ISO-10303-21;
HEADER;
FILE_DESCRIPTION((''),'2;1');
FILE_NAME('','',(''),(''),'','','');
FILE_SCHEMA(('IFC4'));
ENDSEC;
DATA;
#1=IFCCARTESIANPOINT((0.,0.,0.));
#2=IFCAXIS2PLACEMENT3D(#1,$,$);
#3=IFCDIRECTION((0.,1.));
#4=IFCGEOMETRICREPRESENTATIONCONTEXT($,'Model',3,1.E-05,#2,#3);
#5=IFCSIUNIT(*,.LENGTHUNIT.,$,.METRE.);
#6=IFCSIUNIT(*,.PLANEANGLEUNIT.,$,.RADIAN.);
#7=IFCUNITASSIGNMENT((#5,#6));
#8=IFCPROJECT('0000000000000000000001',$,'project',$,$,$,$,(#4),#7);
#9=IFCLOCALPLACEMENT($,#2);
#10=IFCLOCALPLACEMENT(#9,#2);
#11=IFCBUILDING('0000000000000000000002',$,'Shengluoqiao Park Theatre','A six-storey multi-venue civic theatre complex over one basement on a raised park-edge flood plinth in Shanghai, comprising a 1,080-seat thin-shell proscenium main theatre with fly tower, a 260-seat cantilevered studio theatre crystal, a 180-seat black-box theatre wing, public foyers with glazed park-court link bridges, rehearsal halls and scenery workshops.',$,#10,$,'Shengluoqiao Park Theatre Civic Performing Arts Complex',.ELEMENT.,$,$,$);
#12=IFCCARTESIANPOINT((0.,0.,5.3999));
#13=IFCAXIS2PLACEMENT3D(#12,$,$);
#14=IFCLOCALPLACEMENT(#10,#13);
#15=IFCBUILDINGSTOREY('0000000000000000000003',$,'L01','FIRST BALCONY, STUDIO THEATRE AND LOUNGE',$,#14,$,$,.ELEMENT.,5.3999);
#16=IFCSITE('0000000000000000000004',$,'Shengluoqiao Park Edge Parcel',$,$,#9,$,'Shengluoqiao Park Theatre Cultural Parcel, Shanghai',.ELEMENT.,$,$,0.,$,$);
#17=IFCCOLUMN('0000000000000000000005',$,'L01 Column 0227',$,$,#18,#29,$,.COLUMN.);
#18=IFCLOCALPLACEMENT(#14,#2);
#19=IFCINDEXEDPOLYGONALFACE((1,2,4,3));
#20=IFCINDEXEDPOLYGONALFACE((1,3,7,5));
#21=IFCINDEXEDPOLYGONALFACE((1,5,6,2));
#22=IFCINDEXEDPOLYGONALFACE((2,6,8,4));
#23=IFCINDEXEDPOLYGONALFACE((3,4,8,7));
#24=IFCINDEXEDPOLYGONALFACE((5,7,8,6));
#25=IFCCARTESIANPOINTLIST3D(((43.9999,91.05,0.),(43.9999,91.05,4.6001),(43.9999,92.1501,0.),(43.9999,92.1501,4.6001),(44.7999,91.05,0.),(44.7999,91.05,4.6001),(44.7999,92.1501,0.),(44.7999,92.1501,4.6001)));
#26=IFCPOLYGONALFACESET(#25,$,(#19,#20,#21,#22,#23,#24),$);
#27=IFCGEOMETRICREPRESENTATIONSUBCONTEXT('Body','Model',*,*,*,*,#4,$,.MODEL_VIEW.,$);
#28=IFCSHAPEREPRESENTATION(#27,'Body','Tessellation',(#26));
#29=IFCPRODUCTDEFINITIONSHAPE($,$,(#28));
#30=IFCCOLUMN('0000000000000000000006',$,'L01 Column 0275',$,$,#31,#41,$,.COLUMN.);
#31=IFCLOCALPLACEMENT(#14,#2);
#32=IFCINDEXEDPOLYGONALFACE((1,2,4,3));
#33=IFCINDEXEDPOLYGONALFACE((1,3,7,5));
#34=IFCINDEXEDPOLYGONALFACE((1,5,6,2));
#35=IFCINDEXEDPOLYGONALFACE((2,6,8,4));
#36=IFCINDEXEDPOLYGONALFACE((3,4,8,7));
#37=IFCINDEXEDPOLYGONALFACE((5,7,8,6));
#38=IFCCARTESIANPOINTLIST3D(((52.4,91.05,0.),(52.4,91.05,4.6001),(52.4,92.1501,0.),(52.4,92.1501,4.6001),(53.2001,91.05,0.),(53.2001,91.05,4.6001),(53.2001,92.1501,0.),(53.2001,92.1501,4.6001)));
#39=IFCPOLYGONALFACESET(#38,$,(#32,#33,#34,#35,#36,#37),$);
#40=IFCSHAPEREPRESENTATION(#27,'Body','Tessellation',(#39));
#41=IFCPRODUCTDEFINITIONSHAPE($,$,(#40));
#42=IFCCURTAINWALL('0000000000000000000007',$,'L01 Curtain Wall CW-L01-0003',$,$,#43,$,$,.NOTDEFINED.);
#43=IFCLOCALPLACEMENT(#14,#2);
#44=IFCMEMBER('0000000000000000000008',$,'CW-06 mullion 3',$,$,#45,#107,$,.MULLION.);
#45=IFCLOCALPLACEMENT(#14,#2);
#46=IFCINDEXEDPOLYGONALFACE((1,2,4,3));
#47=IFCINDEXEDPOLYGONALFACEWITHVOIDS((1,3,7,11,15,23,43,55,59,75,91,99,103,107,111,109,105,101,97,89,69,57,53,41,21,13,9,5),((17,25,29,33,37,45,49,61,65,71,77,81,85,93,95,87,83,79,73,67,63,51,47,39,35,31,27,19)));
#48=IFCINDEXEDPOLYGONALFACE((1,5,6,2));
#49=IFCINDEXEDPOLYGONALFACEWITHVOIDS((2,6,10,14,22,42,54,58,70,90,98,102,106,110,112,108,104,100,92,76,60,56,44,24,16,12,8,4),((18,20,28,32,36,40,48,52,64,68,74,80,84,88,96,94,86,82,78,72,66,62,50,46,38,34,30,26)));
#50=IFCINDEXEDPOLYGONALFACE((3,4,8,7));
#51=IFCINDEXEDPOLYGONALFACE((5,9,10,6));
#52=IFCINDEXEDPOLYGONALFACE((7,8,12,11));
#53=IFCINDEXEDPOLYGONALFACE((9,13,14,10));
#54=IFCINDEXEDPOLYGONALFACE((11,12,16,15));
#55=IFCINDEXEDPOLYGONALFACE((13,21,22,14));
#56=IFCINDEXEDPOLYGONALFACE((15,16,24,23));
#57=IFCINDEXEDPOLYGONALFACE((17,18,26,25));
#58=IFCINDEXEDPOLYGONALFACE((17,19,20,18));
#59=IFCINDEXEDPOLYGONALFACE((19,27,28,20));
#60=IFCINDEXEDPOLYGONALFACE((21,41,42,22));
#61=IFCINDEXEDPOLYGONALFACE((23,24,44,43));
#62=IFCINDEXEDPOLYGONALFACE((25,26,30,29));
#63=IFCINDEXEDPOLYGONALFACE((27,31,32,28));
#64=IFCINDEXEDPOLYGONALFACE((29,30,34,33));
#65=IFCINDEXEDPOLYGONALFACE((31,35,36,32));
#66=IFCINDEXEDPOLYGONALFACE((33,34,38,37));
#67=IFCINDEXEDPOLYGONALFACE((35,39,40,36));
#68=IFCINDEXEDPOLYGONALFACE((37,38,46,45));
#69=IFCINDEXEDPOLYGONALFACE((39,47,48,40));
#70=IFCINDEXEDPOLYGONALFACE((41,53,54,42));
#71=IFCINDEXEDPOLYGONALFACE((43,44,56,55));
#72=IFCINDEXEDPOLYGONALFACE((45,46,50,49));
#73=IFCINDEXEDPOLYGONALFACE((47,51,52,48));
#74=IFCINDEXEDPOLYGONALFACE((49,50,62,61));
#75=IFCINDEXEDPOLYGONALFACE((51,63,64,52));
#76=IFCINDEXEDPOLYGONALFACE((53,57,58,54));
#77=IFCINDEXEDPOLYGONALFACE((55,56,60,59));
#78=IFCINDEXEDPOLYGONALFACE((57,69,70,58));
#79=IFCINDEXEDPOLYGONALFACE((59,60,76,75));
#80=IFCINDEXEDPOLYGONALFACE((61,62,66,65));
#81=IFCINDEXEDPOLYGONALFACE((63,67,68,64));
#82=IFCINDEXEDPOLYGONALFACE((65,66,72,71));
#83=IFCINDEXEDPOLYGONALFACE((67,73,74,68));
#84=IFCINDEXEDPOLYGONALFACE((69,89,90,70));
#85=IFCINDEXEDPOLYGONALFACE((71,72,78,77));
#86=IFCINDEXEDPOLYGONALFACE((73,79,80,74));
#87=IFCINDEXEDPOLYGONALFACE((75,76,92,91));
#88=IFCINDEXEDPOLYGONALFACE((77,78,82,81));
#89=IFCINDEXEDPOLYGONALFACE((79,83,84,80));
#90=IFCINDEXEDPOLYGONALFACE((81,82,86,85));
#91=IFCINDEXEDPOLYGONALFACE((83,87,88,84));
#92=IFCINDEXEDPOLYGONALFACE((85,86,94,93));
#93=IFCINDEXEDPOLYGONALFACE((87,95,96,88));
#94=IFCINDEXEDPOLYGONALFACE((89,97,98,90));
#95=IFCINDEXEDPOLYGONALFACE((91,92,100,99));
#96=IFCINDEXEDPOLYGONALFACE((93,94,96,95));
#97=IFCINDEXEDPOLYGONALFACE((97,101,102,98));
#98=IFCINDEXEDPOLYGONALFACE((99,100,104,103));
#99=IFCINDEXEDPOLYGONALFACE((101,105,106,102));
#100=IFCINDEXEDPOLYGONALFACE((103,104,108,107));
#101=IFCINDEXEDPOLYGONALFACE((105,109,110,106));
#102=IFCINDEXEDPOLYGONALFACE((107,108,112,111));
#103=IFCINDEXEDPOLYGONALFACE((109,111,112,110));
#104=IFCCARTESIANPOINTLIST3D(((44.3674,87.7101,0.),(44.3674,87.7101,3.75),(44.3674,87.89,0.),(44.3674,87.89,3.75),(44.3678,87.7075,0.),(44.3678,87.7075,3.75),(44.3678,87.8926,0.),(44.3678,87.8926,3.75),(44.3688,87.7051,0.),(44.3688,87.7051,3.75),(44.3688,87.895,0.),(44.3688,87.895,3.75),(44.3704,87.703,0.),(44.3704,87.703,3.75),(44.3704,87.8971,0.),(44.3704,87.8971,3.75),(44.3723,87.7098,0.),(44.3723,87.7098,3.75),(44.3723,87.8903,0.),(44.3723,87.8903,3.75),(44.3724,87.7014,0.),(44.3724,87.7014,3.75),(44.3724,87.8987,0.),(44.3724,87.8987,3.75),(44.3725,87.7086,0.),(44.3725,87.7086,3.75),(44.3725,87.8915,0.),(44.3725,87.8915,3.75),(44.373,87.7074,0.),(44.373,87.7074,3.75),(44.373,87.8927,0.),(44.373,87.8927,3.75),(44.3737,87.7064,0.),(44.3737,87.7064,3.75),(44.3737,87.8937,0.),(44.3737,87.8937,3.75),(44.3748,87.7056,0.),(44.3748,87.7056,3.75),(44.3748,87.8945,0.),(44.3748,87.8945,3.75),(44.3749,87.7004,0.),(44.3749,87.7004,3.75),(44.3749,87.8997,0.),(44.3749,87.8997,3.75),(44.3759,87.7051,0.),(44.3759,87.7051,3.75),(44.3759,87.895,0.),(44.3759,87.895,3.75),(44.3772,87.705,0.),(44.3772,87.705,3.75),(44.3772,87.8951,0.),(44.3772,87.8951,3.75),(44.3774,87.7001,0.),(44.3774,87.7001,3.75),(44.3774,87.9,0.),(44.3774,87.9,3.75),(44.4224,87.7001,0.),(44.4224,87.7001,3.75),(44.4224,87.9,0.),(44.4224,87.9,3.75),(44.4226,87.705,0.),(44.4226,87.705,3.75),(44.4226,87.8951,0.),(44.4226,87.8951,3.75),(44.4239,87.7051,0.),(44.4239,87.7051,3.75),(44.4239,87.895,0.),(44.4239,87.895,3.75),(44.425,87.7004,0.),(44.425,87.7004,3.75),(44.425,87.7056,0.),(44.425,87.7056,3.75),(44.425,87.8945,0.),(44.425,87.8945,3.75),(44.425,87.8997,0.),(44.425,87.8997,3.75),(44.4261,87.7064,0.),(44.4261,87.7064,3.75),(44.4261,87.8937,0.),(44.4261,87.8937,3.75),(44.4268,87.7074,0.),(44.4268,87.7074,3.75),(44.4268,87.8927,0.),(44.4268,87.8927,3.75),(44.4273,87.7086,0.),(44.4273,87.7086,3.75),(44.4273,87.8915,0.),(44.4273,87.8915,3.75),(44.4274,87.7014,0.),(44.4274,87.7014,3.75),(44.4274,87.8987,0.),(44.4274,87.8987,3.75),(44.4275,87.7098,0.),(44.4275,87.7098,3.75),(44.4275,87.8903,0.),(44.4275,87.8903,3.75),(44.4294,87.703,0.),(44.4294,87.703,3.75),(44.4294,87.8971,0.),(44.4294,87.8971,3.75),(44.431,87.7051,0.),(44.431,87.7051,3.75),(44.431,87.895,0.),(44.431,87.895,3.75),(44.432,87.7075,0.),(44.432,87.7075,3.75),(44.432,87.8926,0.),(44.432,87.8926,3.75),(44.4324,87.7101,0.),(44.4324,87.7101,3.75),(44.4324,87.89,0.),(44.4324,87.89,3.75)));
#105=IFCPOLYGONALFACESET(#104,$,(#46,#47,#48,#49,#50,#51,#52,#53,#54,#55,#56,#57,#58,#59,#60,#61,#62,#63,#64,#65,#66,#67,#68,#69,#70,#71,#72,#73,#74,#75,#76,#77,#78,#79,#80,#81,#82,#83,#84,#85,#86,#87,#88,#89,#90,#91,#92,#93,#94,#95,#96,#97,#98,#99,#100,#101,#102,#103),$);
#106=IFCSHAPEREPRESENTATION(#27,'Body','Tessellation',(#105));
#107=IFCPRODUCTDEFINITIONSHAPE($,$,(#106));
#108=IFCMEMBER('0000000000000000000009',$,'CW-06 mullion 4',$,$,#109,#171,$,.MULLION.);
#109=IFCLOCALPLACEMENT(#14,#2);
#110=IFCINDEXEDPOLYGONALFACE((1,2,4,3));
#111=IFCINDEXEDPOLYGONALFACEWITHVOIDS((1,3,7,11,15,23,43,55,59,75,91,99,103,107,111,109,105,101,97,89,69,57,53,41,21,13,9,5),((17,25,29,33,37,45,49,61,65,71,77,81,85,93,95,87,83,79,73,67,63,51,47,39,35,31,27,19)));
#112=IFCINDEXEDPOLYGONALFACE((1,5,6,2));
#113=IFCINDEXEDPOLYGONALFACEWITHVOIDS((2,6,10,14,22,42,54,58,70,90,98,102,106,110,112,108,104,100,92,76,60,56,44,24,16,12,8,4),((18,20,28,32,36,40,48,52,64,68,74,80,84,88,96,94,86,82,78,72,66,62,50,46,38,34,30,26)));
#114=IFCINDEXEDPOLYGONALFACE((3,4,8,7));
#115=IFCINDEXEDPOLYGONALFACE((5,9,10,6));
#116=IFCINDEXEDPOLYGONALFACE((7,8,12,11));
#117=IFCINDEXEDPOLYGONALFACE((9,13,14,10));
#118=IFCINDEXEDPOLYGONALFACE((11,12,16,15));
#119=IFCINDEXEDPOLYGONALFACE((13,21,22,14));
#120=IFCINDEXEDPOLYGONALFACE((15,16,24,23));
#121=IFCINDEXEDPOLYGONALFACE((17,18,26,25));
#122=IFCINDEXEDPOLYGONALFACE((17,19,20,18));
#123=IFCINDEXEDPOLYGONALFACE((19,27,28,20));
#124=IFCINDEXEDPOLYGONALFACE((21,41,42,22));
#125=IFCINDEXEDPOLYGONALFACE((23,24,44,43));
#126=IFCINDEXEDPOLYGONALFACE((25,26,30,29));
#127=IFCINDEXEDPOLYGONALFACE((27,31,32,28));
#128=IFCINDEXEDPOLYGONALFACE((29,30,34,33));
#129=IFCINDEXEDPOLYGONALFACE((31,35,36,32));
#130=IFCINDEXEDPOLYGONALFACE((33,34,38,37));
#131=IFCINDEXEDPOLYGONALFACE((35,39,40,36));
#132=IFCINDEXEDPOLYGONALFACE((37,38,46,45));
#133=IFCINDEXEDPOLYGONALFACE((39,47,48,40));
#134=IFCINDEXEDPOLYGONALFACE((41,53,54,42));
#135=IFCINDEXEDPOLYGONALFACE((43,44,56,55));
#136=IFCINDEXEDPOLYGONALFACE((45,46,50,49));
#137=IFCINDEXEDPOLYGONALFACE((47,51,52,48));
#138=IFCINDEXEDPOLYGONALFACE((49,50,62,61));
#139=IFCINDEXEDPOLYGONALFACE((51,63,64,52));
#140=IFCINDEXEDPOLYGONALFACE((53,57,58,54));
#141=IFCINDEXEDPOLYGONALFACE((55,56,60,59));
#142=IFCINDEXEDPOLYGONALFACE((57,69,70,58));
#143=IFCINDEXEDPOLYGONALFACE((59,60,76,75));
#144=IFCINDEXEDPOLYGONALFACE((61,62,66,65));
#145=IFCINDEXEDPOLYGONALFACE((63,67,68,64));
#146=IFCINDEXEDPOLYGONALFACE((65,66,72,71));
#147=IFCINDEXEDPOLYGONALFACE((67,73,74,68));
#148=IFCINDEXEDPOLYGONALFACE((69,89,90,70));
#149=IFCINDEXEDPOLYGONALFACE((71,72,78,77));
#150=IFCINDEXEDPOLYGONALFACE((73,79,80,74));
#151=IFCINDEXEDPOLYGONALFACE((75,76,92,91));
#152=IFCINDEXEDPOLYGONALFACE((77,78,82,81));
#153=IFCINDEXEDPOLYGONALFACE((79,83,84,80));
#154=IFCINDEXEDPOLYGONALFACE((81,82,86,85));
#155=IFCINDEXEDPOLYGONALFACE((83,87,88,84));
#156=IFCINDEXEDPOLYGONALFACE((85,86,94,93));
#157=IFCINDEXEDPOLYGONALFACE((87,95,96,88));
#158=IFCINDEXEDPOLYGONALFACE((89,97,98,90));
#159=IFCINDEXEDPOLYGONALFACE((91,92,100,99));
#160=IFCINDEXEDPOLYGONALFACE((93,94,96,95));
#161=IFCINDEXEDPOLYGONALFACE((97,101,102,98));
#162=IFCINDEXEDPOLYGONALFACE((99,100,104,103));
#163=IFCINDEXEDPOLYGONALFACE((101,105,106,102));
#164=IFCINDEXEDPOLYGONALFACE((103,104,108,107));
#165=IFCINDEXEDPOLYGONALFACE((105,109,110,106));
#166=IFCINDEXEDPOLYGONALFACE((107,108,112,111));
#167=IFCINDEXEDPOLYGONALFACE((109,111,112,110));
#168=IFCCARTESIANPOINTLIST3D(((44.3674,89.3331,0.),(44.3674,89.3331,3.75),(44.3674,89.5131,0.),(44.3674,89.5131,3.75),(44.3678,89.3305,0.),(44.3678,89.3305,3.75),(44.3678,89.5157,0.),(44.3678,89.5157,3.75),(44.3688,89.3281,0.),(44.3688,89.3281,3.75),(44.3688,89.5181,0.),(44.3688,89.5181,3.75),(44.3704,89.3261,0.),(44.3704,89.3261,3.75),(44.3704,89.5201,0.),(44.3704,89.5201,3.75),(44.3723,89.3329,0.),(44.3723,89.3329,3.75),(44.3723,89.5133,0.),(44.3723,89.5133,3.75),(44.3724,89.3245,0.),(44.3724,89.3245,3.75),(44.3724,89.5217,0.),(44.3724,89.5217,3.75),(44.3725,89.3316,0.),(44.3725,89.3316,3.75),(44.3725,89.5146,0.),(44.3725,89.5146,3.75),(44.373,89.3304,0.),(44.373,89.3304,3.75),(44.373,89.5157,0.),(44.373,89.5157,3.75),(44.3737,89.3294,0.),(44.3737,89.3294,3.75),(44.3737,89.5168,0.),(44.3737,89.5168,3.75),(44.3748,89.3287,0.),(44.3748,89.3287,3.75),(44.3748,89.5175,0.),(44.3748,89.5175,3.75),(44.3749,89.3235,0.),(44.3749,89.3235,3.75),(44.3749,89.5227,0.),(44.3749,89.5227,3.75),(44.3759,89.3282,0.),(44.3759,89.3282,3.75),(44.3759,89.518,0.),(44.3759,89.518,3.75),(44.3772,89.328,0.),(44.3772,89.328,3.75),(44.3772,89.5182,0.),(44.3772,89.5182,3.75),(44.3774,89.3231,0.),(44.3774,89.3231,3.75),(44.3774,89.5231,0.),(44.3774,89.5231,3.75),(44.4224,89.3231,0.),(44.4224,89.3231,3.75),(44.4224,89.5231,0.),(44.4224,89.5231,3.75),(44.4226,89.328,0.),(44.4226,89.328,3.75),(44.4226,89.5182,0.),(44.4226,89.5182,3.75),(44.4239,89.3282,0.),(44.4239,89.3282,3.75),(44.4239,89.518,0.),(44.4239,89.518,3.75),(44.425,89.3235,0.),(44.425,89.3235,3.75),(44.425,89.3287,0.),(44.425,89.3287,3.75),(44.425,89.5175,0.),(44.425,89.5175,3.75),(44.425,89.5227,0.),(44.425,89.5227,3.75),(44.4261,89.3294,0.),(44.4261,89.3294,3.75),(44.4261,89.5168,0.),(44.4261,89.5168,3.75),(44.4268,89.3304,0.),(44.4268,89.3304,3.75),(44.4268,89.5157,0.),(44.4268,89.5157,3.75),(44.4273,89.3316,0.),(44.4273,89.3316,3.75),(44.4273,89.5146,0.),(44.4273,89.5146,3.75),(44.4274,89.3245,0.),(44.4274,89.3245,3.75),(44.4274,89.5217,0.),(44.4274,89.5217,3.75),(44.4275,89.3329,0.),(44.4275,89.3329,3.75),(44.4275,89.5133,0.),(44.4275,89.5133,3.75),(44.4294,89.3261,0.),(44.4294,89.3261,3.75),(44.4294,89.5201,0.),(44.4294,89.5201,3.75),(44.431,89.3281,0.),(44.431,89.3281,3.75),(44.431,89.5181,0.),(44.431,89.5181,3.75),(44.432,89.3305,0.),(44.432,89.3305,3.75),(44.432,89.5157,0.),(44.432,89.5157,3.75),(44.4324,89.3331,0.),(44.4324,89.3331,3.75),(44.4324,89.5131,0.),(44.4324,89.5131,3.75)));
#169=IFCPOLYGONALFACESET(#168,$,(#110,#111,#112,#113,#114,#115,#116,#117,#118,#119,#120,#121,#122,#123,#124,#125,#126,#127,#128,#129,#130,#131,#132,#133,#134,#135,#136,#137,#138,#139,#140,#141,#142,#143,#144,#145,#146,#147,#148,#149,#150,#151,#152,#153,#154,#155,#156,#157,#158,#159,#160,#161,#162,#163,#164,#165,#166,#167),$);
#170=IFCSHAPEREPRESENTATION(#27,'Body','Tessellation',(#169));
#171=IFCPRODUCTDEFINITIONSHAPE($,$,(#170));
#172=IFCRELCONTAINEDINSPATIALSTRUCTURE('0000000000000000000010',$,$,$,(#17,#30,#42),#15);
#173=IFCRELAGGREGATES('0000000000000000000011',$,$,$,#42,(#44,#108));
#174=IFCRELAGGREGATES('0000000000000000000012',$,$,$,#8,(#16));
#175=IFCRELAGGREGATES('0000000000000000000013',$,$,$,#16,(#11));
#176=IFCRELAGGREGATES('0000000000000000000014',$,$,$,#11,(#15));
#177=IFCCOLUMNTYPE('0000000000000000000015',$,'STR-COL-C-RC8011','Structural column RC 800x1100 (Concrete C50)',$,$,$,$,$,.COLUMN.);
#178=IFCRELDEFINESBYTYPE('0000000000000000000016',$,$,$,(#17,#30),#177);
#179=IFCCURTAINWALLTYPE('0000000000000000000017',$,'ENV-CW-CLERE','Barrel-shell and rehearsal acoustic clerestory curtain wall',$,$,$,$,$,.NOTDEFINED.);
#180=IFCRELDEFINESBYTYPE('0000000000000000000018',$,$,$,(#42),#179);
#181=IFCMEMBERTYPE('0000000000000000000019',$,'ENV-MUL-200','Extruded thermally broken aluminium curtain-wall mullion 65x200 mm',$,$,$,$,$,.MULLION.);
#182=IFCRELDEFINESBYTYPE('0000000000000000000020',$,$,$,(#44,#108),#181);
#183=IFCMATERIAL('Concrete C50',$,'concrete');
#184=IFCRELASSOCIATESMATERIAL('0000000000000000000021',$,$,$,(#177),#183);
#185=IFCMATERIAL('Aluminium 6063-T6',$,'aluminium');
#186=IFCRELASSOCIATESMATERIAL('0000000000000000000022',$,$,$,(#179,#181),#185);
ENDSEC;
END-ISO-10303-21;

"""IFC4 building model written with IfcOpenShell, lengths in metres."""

from ifc_helpers import new_model, si_unit, direction, frame, origin, origin_2d, place, context, subcontext, project, spatial, rectangle, hollow_rectangle, extrude, material, material_profile, profile_set, type_object, element, aggregate, save


model = new_model("IFC4")

# Units and contexts
model_context = context("Model", 3, precision=1e-05, world=origin(), true_north=direction((0.0, 1.0)))
body_context = subcontext(model_context, "Body", "Model", "MODEL_VIEW")
ifc_project = project(units=[si_unit("LENGTHUNIT", "METRE"), si_unit("PLANEANGLEUNIT", "RADIAN")], contexts=[model_context])

# Site, building, storey
site_placement = place(None, origin())
site = spatial("IfcSite", under=ifc_project, at=site_placement, Name="Shengluoqiao Park Edge Parcel", LongName="Shengluoqiao Park Theatre Cultural Parcel, Shanghai", CompositionType="ELEMENT", RefElevation=0.0)
building_placement = place(site_placement, origin())
building = spatial("IfcBuilding", under=site, at=building_placement, Name="Shengluoqiao Park Theatre", Description="A six-storey multi-venue civic theatre complex over one basement on a raised park-edge flood plinth in Shanghai, comprising a 1,080-seat thin-shell proscenium main theatre with fly tower, a 260-seat cantilevered studio theatre crystal, a 180-seat black-box theatre wing, public foyers with glazed park-court link bridges, rehearsal halls and scenery workshops.", LongName="Shengluoqiao Park Theatre Civic Performing Arts Complex", CompositionType="ELEMENT")
storey_placement = place(building_placement, frame((0.0, 0.0, 5.3999)))
storey = spatial("IfcBuildingStorey", under=building, at=storey_placement, Name="L01", Description="FIRST BALCONY, STUDIO THEATRE AND LOUNGE", CompositionType="ELEMENT", Elevation=5.3999)

# Columns
ifc_material_1 = material(Name="Concrete C50", Category="concrete")
ifc_material_profile_1 = material_profile(ifc_material_1, rectangle(XDim=0.8, YDim=1.1001, at=origin_2d()), Name="RC 800x1100")
ifc_profile_set_1 = profile_set([ifc_material_profile_1], Name="Concrete C50")
column_type = type_object("IfcColumnType", Name="STR-COL-C-RC8011", Description="Structural column RC 800x1100 (Concrete C50)", PredefinedType="COLUMN", material=ifc_profile_set_1)
for number, where, z_axis, x_axis, name in (
    (1, (44.3999, 91.6001, 0.0), (0.0, 0.0, 1.0), (1.0, 0.0, 0.0), "L01 Column 0227"),
    (2, (52.8, 91.6001, 0.0), (0.0, 0.0, 1.0), (1.0, 0.0, 0.0), "L01 Column 0275"),
):
    element("IfcColumn", number, at=place(storey_placement, frame(where, z_axis=z_axis, x_axis=x_axis)), inside=storey, type_object=column_type, Name=name, PredefinedType="COLUMN", context=body_context, shape_type="SweptSolid", body=[
        extrude(rectangle(XDim=0.8, YDim=1.1001, at=origin_2d()), origin(), (0.0, 0.0, 1.0), 4.6001),
    ])

# Curtain wall, members
ifc_material_2 = material(Name="Aluminium 6063-T6", Category="aluminium")
curtain_wall_type = type_object("IfcCurtainWallType", Name="ENV-CW-CLERE", Description="Barrel-shell and rehearsal acoustic clerestory curtain wall", PredefinedType="NOTDEFINED", material=ifc_material_2)
curtain_wall_placement = place(storey_placement, origin())
curtain_wall = element("IfcCurtainWall", 3, at=curtain_wall_placement, inside=storey, type_object=curtain_wall_type, Name="L01 Curtain Wall CW-L01-0003", PredefinedType="NOTDEFINED")
ifc_material_profile_2 = material_profile(ifc_material_2, hollow_rectangle(XDim=0.0649, YDim=0.2, WallThickness=0.0049, InnerFilletRadius=0.0049, OuterFilletRadius=0.01, at=origin_2d()), Name="ALU MULLION 200x65x5")
ifc_profile_set_2 = profile_set([ifc_material_profile_2], Name="Aluminium 6063-T6")
member_type_1 = type_object("IfcMemberType", Name="ENV-MUL-200", Description="Extruded thermally broken aluminium curtain-wall mullion 65x200 mm", PredefinedType="MULLION", material=ifc_profile_set_2)
member_1_placement = place(storey_placement, frame((44.3999, 87.8, 0.0), z_axis=(0.0, 0.0, 1.0), x_axis=(-1.0, 0.0, 0.0)))
member_1 = element("IfcMember", 4, at=member_1_placement, type_object=member_type_1, Name="CW-06 mullion 3", PredefinedType="MULLION", context=body_context, shape_type="SweptSolid", body=[
    extrude(hollow_rectangle(XDim=0.0649, YDim=0.2, WallThickness=0.0049, InnerFilletRadius=0.0049, OuterFilletRadius=0.01, at=origin_2d()), origin(), (0.0, 0.0, 1.0), 3.75),
])
member_2_placement = place(storey_placement, frame((44.3999, 89.4231, 0.0), z_axis=(0.0, 0.0, 1.0), x_axis=(-1.0, 0.0, 0.0)))
member_2 = element("IfcMember", 5, at=member_2_placement, type_object=member_type_1, Name="CW-06 mullion 4", PredefinedType="MULLION", context=body_context, shape_type="SweptSolid", body=[
    extrude(hollow_rectangle(XDim=0.0649, YDim=0.2, WallThickness=0.0049, InnerFilletRadius=0.0049, OuterFilletRadius=0.01, at=origin_2d()), origin(), (0.0, 0.0, 1.0), 3.75),
])

aggregate(curtain_wall, [member_1, member_2])

save(model, "model.ifc")
